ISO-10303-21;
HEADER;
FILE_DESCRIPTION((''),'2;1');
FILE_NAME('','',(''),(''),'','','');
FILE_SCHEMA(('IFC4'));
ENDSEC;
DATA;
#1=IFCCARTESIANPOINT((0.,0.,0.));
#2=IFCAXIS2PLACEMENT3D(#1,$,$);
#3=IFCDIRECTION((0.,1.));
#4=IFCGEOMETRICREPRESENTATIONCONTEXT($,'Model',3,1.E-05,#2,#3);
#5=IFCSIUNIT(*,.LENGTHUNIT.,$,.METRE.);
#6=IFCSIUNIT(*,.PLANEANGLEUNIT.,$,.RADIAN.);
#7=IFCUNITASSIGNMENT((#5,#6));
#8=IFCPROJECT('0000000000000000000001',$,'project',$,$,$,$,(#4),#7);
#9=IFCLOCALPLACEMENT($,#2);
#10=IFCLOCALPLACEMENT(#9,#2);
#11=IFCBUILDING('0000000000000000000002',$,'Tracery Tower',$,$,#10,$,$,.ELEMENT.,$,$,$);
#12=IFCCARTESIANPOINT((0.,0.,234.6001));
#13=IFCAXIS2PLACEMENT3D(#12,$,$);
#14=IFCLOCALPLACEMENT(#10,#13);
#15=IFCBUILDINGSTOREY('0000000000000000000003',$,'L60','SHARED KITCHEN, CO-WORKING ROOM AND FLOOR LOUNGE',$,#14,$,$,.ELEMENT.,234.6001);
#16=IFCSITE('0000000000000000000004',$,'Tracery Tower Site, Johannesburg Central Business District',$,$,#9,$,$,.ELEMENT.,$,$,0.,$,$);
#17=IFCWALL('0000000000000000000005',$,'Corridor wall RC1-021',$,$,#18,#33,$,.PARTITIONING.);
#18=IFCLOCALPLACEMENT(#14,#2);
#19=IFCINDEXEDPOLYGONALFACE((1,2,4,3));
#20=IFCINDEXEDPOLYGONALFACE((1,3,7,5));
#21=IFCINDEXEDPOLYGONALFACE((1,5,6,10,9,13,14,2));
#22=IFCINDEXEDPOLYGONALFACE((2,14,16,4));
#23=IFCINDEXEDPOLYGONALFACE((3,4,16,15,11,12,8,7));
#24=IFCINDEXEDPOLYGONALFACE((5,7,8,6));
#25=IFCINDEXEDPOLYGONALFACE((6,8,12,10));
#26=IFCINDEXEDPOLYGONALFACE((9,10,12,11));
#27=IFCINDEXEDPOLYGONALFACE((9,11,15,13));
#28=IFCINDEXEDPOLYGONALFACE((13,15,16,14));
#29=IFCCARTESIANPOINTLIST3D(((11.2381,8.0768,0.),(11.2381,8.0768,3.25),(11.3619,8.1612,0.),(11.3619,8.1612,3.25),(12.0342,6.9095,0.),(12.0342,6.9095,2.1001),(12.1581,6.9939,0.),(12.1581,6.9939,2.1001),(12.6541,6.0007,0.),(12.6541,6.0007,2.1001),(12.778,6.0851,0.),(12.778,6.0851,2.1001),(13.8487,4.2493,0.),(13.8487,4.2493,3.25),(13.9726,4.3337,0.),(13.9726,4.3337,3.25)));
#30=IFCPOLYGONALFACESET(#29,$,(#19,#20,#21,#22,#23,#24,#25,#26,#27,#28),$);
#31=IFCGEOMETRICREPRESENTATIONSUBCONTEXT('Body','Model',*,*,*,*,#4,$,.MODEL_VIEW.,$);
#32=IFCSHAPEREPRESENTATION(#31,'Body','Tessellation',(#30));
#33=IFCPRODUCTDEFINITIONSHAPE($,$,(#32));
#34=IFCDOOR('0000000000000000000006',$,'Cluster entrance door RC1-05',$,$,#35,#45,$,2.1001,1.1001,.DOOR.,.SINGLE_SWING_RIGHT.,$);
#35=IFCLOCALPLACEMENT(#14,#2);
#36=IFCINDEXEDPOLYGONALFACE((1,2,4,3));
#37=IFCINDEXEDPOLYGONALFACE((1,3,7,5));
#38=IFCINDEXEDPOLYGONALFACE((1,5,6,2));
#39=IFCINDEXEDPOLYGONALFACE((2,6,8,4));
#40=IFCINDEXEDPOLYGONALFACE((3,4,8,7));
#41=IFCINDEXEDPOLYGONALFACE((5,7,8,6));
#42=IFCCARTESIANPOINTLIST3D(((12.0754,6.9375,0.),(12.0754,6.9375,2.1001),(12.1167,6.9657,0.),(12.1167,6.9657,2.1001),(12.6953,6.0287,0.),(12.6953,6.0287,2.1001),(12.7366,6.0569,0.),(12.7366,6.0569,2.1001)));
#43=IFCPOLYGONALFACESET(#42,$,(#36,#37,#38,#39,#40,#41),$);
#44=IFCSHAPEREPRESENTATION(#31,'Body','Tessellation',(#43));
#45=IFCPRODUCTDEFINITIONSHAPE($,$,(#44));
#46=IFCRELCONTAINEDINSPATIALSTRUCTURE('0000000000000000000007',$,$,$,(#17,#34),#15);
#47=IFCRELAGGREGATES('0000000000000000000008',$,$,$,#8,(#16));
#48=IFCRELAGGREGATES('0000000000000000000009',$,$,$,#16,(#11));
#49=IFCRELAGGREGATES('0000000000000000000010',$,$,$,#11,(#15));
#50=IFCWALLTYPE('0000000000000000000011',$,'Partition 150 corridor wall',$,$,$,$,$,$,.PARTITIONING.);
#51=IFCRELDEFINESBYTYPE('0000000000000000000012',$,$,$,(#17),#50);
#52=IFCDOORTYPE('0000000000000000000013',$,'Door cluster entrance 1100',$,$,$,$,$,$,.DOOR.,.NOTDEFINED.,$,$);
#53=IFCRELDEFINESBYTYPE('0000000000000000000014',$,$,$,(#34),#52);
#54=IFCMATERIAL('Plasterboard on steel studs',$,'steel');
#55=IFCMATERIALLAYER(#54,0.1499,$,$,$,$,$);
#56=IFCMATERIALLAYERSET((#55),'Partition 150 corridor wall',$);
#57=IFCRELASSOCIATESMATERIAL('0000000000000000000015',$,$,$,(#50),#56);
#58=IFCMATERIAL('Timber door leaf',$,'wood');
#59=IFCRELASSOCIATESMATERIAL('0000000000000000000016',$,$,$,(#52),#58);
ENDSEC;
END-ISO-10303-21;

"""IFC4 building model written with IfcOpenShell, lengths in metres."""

from ifc_helpers import new_model, si_unit, direction, frame, frame_2d, origin, place, context, subcontext, project, spatial, rectangle, extrude, material, layer, layer_set, type_object, element, fill, save


model = new_model("IFC4")

# Units and contexts
model_context = context("Model", 3, precision=1e-05, world=origin(), true_north=direction((0.0, 1.0)))
body_context = subcontext(model_context, "Body", "Model", "MODEL_VIEW")
ifc_project = project(units=[si_unit("LENGTHUNIT", "METRE"), si_unit("PLANEANGLEUNIT", "RADIAN")], contexts=[model_context])

# Site, building, storey
site_placement = place(None, origin())
site = spatial("IfcSite", under=ifc_project, at=site_placement, Name="Tracery Tower Site, Johannesburg Central Business District", CompositionType="ELEMENT", RefElevation=0.0)
building_placement = place(site_placement, origin())
building = spatial("IfcBuilding", under=site, at=building_placement, Name="Tracery Tower", CompositionType="ELEMENT")
storey_placement = place(building_placement, frame((0.0, 0.0, 234.6001)))
storey = spatial("IfcBuildingStorey", under=building, at=storey_placement, Name="L60", Description="SHARED KITCHEN, CO-WORKING ROOM AND FLOOR LOUNGE", CompositionType="ELEMENT", Elevation=234.6001)

# Shared definitions
ifc_material_1 = material(Name="Plasterboard on steel studs", Category="steel")
ifc_layer_1 = layer(ifc_material_1, 0.1499)
ifc_layer_set_1 = layer_set([ifc_layer_1], Name="Partition 150 corridor wall")
wall_type_1 = type_object("IfcWallType", Name="Partition 150 corridor wall", PredefinedType="PARTITIONING", material=ifc_layer_set_1)

# Wall, opening, door
wall_1_placement = place(storey_placement, frame((11.3, 8.1189, 0.0), z_axis=(0.0, 0.0, 1.0), x_axis=(0.563486, -0.826126, 0.0)))
wall_1 = element("IfcWall", 1, at=wall_1_placement, inside=storey, type_object=wall_type_1, Name="Corridor wall RC1-021", PredefinedType="PARTITIONING", context=body_context, shape_type="SweptSolid", body=[
    extrude(rectangle(XDim=4.6331, YDim=0.1499, at=frame_2d((2.3164, 0.0))), origin(), (0.0, 0.0, 1.0), 3.25),
])
opening_1_placement = place(wall_1_placement, frame((1.4128, 0.0, 0.0)))
opening_1 = element("IfcOpeningElement", 2, at=opening_1_placement, cuts=wall_1, PredefinedType="OPENING", context=body_context, shape_type="SweptSolid", body=[
    extrude(rectangle(XDim=1.1001, YDim=2.1001, at=frame_2d((0.55, 1.05))), frame((0.0, 0.075, 0.0), z_axis=(0.0, -1.0, 0.0), x_axis=(1.0, 0.0, 0.0)), (0.0, 0.0, 1.0), 0.1499),
])
ifc_material_2 = material(Name="Timber door leaf", Category="wood")
door_type_1 = type_object("IfcDoorType", Name="Door cluster entrance 1100", OperationType="NOTDEFINED", PredefinedType="DOOR", material=ifc_material_2)
door_1_placement = place(opening_1_placement, origin())
door_1 = element("IfcDoor", 3, at=door_1_placement, inside=storey, type_object=door_type_1, Name="Cluster entrance door RC1-05", OperationType="SINGLE_SWING_RIGHT", OverallHeight=2.1001, OverallWidth=1.1001, PredefinedType="DOOR", context=body_context, shape_type="SweptSolid", body=[
    extrude(rectangle(XDim=1.1001, YDim=2.1001, at=frame_2d((0.55, 1.05))), frame((0.0, 0.0249, 0.0), z_axis=(0.0, -1.0, 0.0), x_axis=(1.0, 0.0, 0.0)), (0.0, 0.0, 1.0), 0.05),
])
fill(opening_1, door_1)

save(model, "model.ifc")
